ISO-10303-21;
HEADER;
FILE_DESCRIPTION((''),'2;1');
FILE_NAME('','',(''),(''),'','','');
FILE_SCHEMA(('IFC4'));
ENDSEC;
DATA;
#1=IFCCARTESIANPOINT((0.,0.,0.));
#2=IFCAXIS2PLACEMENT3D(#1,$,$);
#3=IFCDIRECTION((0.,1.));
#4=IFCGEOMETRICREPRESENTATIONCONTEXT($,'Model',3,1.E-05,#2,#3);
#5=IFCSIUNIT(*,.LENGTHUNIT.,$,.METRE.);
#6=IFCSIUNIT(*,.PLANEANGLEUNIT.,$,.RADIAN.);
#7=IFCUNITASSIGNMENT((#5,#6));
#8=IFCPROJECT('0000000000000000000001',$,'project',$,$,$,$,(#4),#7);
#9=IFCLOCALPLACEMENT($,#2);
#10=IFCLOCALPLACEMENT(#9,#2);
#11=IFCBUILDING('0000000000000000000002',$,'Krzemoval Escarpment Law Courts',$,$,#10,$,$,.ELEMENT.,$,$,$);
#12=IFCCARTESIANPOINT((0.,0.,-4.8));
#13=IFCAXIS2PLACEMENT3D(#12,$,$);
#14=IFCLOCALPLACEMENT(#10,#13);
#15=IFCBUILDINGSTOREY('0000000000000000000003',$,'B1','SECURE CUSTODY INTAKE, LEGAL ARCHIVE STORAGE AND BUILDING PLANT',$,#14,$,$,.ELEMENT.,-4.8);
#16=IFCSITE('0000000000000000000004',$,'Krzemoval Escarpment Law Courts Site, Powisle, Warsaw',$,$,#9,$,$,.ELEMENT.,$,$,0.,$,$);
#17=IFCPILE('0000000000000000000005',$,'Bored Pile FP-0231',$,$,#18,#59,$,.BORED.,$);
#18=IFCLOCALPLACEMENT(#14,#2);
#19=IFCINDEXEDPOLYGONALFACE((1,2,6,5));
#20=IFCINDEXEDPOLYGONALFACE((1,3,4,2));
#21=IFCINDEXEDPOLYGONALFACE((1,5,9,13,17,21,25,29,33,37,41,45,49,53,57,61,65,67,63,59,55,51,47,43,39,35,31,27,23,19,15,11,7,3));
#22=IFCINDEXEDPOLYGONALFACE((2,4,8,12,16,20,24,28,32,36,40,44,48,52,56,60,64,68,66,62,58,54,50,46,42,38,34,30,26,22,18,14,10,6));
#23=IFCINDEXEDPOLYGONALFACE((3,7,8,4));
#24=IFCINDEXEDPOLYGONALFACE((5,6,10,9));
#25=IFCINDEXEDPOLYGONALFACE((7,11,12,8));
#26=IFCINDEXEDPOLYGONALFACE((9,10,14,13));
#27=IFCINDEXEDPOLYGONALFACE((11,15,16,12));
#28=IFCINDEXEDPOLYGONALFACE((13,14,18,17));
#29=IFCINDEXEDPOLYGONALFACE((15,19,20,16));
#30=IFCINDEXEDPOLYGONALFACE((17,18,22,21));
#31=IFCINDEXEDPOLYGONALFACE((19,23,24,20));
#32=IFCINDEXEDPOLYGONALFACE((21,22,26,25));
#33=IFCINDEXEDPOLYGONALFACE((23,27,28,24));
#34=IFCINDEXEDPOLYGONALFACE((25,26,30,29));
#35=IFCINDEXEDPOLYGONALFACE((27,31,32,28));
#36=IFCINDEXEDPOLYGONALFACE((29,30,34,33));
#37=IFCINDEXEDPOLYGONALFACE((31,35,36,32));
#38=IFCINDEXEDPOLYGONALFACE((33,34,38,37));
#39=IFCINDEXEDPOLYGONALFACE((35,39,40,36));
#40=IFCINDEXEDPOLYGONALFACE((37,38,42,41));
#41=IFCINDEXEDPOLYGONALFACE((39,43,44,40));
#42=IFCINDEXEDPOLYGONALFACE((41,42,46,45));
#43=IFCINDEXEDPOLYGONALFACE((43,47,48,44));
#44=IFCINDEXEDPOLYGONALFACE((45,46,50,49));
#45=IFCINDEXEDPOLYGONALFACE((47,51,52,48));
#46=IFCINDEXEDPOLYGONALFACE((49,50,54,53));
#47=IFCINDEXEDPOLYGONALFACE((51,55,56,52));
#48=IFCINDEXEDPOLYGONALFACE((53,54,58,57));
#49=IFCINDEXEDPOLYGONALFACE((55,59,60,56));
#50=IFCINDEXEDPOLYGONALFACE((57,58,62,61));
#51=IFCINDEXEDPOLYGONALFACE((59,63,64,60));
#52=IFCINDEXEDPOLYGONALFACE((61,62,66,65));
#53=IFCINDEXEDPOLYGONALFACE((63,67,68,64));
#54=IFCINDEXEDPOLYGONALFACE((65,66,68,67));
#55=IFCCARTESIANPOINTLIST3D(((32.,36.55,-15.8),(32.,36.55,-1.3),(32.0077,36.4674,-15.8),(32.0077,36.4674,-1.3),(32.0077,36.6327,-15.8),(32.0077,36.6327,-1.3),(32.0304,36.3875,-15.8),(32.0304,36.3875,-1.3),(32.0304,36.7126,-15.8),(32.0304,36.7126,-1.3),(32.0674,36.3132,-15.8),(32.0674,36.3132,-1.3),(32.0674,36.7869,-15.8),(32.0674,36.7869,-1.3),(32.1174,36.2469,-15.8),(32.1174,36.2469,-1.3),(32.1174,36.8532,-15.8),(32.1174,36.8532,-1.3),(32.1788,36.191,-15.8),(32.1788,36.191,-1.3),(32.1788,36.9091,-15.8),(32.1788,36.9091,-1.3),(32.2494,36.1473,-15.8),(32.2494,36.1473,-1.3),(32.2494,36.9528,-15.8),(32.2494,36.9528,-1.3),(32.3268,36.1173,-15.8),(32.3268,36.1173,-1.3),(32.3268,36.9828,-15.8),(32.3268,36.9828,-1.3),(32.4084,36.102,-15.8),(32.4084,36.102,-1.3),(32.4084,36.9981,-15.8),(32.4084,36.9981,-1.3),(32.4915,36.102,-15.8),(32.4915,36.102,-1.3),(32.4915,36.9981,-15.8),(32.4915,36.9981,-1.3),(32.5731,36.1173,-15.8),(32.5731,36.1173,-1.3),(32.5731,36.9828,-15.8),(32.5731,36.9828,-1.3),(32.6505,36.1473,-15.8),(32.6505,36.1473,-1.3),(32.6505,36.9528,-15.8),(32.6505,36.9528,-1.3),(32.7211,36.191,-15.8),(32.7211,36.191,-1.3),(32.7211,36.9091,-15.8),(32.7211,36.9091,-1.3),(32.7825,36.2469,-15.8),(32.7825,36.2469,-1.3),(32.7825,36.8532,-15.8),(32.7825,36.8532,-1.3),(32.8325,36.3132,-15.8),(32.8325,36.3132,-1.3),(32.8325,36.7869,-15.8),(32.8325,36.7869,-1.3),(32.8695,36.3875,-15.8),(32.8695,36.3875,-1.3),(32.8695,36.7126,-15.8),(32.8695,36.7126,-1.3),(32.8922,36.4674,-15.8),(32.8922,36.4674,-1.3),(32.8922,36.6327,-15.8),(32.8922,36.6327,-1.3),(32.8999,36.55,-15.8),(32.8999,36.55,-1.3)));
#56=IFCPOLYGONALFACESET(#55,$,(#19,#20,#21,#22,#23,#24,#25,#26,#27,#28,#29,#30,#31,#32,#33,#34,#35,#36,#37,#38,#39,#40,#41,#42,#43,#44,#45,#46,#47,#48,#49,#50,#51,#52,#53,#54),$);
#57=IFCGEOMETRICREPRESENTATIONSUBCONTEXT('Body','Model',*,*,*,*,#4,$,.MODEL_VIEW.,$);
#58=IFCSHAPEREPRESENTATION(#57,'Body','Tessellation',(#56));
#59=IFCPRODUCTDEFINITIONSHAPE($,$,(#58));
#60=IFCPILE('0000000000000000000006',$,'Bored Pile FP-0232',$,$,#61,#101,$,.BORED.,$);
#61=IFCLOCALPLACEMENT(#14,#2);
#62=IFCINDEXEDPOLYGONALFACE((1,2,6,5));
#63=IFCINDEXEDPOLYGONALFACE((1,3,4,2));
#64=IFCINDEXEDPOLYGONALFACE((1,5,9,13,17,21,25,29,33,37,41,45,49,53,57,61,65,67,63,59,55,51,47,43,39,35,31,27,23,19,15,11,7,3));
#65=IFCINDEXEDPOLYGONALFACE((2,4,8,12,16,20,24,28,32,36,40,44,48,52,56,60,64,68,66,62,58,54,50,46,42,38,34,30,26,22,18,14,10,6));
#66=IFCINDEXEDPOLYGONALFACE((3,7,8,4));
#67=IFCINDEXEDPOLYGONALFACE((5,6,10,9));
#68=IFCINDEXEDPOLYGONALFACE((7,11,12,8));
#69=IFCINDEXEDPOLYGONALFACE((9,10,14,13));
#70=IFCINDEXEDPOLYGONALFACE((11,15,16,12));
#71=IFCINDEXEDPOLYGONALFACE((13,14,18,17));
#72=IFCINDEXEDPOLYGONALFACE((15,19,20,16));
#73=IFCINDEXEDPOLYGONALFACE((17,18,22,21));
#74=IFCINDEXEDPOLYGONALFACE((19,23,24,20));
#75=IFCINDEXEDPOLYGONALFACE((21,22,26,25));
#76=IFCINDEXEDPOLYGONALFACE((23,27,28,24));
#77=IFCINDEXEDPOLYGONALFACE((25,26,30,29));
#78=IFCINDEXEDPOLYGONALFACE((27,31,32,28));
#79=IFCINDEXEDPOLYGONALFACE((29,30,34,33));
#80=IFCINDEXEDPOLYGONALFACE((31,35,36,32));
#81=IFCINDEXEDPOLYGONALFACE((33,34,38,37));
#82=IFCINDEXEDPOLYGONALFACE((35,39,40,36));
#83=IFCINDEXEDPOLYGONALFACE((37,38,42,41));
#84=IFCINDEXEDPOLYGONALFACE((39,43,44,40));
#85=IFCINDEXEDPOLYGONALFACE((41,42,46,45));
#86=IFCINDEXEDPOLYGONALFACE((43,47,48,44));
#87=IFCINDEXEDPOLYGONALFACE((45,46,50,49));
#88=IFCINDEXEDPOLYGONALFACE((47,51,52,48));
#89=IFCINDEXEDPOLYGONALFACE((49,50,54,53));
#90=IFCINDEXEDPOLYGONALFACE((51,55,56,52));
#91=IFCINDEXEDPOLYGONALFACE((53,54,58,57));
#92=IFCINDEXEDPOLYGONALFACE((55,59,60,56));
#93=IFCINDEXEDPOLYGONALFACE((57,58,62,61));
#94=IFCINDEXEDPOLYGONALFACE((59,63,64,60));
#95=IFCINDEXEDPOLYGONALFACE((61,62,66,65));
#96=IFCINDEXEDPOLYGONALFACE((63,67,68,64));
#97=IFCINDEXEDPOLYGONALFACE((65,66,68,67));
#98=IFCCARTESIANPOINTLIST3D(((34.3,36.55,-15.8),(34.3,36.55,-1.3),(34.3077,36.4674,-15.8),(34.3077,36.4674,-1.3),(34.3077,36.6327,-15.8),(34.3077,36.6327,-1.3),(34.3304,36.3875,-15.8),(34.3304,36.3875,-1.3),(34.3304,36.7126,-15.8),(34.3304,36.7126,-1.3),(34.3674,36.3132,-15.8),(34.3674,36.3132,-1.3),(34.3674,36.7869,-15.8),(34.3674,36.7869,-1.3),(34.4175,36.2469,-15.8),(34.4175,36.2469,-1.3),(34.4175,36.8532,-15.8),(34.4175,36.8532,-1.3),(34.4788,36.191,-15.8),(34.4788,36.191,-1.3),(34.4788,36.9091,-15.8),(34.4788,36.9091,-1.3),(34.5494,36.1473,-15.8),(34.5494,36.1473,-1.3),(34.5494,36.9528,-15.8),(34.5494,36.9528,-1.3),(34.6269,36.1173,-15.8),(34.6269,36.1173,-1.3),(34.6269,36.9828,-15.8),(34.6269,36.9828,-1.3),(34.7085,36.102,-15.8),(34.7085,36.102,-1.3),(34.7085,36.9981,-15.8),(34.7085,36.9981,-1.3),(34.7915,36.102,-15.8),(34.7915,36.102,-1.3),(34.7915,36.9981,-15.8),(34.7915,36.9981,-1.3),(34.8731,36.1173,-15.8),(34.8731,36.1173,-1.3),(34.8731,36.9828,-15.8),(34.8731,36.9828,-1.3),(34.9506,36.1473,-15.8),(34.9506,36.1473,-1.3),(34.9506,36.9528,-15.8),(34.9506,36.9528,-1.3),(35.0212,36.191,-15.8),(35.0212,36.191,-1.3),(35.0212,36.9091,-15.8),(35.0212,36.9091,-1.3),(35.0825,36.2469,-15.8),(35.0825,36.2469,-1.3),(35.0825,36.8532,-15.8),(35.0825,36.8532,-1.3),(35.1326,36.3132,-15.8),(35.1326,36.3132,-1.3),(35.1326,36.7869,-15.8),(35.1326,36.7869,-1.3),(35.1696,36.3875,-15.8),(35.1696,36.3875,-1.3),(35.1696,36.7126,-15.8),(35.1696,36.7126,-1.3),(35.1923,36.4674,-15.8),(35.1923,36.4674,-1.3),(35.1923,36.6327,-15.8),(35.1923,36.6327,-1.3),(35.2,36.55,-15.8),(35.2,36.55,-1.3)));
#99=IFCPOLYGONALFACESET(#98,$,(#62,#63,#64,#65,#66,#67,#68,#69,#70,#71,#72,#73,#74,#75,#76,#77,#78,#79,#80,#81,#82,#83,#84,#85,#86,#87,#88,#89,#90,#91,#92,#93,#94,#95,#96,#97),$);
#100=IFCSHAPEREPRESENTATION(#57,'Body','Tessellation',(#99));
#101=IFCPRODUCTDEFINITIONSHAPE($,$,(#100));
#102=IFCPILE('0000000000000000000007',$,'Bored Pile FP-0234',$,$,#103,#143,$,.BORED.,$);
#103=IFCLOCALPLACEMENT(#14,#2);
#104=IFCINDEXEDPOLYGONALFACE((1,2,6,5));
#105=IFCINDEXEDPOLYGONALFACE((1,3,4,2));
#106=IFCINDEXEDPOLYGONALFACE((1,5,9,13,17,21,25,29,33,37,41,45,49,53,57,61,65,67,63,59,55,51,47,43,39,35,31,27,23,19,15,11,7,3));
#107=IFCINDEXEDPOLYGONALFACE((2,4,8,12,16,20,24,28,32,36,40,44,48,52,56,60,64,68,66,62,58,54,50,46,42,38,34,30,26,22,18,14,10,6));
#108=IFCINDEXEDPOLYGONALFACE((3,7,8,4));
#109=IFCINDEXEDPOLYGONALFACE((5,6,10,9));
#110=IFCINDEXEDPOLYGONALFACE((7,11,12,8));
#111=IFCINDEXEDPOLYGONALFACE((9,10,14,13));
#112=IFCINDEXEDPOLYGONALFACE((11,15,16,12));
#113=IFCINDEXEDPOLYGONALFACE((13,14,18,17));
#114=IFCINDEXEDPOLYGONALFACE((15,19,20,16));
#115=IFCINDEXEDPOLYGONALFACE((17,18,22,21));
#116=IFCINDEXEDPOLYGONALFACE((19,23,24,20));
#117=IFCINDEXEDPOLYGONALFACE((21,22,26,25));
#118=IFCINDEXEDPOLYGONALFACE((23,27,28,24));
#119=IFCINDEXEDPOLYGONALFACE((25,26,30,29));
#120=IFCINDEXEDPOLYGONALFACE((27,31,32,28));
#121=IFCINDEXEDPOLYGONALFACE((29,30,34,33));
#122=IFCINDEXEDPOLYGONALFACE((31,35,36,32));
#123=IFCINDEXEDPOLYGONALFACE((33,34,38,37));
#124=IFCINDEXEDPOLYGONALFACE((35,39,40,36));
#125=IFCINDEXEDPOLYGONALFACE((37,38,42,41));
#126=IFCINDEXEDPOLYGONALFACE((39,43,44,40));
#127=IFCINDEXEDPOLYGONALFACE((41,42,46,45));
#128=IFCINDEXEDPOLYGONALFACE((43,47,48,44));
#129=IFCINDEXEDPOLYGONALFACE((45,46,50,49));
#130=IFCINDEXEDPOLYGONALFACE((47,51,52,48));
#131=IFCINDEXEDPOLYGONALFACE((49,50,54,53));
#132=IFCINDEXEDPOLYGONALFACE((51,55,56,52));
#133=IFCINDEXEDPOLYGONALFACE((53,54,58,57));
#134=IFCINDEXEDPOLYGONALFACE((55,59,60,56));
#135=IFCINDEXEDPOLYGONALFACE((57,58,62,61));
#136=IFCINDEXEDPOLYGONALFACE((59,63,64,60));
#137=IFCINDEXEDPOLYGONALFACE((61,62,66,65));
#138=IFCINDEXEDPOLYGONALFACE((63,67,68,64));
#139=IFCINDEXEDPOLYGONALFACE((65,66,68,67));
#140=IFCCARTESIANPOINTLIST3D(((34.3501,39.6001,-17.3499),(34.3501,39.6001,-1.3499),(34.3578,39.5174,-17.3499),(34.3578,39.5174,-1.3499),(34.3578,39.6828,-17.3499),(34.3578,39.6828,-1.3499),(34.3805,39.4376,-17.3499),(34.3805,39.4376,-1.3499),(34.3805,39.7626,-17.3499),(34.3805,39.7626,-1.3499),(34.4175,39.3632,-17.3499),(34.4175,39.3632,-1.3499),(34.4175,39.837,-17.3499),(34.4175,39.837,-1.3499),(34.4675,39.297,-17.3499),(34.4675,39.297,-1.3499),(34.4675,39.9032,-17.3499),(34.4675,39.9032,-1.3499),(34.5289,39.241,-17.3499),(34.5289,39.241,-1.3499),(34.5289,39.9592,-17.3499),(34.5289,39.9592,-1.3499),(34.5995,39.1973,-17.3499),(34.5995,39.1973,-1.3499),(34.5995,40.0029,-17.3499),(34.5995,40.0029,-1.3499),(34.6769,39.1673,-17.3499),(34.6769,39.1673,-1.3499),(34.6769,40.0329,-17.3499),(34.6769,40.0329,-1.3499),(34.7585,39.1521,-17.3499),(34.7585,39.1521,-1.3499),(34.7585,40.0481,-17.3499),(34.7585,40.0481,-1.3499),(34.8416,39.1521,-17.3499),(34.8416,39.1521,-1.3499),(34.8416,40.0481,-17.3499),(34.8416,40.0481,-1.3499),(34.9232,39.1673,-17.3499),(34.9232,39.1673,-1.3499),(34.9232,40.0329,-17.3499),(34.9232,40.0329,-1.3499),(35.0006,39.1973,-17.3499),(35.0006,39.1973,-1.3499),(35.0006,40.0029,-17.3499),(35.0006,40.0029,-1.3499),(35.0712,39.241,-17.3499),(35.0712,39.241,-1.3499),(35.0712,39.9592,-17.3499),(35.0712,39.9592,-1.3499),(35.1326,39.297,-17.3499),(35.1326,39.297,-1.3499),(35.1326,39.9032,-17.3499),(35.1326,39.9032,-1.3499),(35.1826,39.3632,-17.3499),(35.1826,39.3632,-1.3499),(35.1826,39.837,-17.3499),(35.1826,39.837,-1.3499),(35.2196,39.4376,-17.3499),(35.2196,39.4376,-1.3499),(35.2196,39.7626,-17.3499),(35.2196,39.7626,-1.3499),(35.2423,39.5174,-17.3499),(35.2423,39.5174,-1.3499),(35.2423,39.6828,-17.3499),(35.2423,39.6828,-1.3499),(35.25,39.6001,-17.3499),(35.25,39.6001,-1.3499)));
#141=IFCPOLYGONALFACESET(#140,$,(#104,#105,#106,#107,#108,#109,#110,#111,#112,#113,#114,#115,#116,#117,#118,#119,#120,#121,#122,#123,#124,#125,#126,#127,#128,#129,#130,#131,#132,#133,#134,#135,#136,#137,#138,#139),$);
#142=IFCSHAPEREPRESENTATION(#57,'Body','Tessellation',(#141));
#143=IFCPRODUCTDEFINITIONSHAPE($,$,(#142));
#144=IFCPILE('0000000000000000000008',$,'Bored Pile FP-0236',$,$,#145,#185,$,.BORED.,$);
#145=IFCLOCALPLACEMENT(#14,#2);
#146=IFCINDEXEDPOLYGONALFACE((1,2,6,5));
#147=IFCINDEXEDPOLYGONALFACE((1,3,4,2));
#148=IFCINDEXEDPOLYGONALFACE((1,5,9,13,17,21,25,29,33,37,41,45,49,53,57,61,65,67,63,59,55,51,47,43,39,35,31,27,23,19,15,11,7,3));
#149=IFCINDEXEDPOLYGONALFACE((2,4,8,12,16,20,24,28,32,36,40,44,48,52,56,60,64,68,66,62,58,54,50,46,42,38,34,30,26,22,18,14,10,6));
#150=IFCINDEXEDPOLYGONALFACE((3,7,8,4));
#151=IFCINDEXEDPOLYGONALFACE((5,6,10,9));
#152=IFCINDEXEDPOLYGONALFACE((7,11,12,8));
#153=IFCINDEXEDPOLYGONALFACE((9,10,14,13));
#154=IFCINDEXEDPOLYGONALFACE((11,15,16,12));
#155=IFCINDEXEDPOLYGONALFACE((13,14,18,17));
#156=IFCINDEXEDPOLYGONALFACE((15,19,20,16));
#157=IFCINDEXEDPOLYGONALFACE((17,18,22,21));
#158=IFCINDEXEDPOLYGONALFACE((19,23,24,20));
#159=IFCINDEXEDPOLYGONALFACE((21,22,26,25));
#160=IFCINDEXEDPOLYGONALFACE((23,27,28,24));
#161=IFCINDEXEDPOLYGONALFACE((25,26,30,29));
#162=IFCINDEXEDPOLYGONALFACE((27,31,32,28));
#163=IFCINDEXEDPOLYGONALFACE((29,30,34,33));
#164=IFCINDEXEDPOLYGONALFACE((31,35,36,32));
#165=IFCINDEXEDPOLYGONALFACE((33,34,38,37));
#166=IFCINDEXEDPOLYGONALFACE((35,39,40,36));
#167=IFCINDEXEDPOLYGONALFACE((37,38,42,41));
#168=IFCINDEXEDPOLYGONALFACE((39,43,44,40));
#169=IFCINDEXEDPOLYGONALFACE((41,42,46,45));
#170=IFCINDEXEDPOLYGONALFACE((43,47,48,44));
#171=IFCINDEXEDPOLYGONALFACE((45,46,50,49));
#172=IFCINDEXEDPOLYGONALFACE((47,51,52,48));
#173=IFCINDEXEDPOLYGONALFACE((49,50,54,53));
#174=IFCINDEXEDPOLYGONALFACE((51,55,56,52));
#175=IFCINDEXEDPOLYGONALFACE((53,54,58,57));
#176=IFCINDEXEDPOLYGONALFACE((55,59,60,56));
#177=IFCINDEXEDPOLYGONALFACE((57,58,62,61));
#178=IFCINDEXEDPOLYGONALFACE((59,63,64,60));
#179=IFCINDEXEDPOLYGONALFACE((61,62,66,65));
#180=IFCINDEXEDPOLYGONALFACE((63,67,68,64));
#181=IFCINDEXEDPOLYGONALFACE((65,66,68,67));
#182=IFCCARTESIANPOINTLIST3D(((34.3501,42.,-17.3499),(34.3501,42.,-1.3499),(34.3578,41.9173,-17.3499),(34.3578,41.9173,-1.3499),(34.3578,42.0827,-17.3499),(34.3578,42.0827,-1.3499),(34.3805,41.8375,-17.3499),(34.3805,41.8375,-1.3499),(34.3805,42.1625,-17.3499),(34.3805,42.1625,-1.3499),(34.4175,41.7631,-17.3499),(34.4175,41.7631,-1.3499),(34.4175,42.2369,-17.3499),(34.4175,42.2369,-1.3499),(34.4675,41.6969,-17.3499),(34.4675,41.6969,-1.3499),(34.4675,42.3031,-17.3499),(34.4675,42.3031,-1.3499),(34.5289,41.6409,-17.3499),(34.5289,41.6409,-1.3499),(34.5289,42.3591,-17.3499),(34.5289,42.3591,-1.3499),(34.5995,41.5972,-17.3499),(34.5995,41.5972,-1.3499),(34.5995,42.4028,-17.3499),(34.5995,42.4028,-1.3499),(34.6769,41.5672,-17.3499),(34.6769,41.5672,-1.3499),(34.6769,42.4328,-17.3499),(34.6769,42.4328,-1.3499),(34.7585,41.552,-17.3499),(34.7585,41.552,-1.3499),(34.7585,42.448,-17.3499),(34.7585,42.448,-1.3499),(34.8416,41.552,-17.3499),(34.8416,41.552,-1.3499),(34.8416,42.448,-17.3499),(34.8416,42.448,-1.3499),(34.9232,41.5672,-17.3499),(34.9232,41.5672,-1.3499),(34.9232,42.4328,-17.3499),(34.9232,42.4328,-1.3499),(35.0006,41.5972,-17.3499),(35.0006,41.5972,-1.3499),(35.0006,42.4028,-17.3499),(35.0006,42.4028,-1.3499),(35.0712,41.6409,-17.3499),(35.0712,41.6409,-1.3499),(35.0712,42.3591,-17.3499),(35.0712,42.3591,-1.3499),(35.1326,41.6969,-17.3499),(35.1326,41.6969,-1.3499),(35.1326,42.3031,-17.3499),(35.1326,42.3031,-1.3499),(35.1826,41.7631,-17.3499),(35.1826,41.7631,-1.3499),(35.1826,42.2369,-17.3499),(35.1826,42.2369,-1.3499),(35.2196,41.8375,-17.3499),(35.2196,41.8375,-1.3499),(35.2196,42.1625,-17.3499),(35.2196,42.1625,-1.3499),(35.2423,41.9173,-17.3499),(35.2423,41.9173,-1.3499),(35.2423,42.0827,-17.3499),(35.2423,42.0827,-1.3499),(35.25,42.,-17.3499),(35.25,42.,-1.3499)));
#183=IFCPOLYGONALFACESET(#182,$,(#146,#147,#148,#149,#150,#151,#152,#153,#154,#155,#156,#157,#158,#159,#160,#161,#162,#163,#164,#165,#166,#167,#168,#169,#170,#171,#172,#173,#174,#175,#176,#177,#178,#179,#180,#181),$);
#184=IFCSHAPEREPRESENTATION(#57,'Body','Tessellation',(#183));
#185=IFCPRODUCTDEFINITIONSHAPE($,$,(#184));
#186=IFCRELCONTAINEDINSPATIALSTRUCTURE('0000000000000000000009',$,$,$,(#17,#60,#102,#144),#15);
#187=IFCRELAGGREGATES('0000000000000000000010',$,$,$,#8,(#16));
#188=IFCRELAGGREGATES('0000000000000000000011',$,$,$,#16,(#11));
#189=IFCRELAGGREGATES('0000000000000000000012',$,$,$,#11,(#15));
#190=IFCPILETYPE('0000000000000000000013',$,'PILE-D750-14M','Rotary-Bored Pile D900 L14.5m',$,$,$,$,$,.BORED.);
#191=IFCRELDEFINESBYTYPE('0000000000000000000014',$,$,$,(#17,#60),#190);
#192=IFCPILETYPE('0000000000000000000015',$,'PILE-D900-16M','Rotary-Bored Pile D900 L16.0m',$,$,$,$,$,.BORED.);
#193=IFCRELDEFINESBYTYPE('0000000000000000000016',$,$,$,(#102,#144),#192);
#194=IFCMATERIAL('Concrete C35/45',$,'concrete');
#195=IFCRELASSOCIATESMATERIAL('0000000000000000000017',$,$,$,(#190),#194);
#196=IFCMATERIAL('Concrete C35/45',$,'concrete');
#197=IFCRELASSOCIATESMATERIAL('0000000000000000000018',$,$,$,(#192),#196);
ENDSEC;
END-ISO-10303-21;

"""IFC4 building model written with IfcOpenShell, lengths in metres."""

from ifc_helpers import new_model, si_unit, direction, frame, origin, origin_2d, place, context, subcontext, project, spatial, circle, extrude, material, material_profile, profile_set, type_object, element, save


model = new_model("IFC4")

# Units and contexts
model_context = context("Model", 3, precision=1e-05, world=origin(), true_north=direction((0.0, 1.0)))
body_context = subcontext(model_context, "Body", "Model", "MODEL_VIEW")
ifc_project = project(units=[si_unit("LENGTHUNIT", "METRE"), si_unit("PLANEANGLEUNIT", "RADIAN")], contexts=[model_context])

# Site, building, storey
site_placement = place(None, origin())
site = spatial("IfcSite", under=ifc_project, at=site_placement, Name="Krzemoval Escarpment Law Courts Site, Powisle, Warsaw", CompositionType="ELEMENT", RefElevation=0.0)
building_placement = place(site_placement, origin())
building = spatial("IfcBuilding", under=site, at=building_placement, Name="Krzemoval Escarpment Law Courts", CompositionType="ELEMENT")
storey_placement = place(building_placement, frame((0.0, 0.0, -4.8)))
storey = spatial("IfcBuildingStorey", under=building, at=storey_placement, Name="B1", Description="SECURE CUSTODY INTAKE, LEGAL ARCHIVE STORAGE AND BUILDING PLANT", CompositionType="ELEMENT", Elevation=-4.8)

# Piles
ifc_material_1 = material(Name="Concrete C35/45", Category="concrete")
ifc_material_profile_1 = material_profile(ifc_material_1, circle(Radius=0.45, at=origin_2d()), Name="PILE D900")
ifc_profile_set_1 = profile_set([ifc_material_profile_1], Name="Concrete C35/45")
pile_type_1 = type_object("IfcPileType", Name="PILE-D750-14M", Description="Rotary-Bored Pile D900 L14.5m", PredefinedType="BORED", material=ifc_profile_set_1)
for number, where, z_axis, x_axis, name in (
    (1, (32.45, 36.55, -1.3), (0.0, 0.0, -1.0), (1.0, 0.0, 0.0), "Bored Pile FP-0231"),
    (2, (34.75, 36.55, -1.3), (0.0, 0.0, -1.0), (1.0, 0.0, 0.0), "Bored Pile FP-0232"),
):
    element("IfcPile", number, at=place(storey_placement, frame(where, z_axis=z_axis, x_axis=x_axis)), inside=storey, type_object=pile_type_1, Name=name, PredefinedType="BORED", context=body_context, shape_type="SweptSolid", body=[
        extrude(circle(Radius=0.45, at=origin_2d()), origin(), (0.0, 0.0, 1.0), 14.5),
    ])
ifc_material_2 = material(Name="Concrete C35/45", Category="concrete")
ifc_material_profile_2 = material_profile(ifc_material_2, circle(Radius=0.45, at=origin_2d()), Name="PILE D900")
ifc_profile_set_2 = profile_set([ifc_material_profile_2], Name="Concrete C35/45")
pile_type_2 = type_object("IfcPileType", Name="PILE-D900-16M", Description="Rotary-Bored Pile D900 L16.0m", PredefinedType="BORED", material=ifc_profile_set_2)
for number, where, z_axis, x_axis, name in (
    (3, (34.8, 39.6001, -1.3499), (0.0, 0.0, -1.0), (1.0, 0.0, 0.0), "Bored Pile FP-0234"),
    (4, (34.8, 42.0, -1.3499), (0.0, 0.0, -1.0), (1.0, 0.0, 0.0), "Bored Pile FP-0236"),
):
    element("IfcPile", number, at=place(storey_placement, frame(where, z_axis=z_axis, x_axis=x_axis)), inside=storey, type_object=pile_type_2, Name=name, PredefinedType="BORED", context=body_context, shape_type="SweptSolid", body=[
        extrude(circle(Radius=0.45, at=origin_2d()), origin(), (0.0, 0.0, 1.0), 16.0),
    ])

save(model, "model.ifc")
